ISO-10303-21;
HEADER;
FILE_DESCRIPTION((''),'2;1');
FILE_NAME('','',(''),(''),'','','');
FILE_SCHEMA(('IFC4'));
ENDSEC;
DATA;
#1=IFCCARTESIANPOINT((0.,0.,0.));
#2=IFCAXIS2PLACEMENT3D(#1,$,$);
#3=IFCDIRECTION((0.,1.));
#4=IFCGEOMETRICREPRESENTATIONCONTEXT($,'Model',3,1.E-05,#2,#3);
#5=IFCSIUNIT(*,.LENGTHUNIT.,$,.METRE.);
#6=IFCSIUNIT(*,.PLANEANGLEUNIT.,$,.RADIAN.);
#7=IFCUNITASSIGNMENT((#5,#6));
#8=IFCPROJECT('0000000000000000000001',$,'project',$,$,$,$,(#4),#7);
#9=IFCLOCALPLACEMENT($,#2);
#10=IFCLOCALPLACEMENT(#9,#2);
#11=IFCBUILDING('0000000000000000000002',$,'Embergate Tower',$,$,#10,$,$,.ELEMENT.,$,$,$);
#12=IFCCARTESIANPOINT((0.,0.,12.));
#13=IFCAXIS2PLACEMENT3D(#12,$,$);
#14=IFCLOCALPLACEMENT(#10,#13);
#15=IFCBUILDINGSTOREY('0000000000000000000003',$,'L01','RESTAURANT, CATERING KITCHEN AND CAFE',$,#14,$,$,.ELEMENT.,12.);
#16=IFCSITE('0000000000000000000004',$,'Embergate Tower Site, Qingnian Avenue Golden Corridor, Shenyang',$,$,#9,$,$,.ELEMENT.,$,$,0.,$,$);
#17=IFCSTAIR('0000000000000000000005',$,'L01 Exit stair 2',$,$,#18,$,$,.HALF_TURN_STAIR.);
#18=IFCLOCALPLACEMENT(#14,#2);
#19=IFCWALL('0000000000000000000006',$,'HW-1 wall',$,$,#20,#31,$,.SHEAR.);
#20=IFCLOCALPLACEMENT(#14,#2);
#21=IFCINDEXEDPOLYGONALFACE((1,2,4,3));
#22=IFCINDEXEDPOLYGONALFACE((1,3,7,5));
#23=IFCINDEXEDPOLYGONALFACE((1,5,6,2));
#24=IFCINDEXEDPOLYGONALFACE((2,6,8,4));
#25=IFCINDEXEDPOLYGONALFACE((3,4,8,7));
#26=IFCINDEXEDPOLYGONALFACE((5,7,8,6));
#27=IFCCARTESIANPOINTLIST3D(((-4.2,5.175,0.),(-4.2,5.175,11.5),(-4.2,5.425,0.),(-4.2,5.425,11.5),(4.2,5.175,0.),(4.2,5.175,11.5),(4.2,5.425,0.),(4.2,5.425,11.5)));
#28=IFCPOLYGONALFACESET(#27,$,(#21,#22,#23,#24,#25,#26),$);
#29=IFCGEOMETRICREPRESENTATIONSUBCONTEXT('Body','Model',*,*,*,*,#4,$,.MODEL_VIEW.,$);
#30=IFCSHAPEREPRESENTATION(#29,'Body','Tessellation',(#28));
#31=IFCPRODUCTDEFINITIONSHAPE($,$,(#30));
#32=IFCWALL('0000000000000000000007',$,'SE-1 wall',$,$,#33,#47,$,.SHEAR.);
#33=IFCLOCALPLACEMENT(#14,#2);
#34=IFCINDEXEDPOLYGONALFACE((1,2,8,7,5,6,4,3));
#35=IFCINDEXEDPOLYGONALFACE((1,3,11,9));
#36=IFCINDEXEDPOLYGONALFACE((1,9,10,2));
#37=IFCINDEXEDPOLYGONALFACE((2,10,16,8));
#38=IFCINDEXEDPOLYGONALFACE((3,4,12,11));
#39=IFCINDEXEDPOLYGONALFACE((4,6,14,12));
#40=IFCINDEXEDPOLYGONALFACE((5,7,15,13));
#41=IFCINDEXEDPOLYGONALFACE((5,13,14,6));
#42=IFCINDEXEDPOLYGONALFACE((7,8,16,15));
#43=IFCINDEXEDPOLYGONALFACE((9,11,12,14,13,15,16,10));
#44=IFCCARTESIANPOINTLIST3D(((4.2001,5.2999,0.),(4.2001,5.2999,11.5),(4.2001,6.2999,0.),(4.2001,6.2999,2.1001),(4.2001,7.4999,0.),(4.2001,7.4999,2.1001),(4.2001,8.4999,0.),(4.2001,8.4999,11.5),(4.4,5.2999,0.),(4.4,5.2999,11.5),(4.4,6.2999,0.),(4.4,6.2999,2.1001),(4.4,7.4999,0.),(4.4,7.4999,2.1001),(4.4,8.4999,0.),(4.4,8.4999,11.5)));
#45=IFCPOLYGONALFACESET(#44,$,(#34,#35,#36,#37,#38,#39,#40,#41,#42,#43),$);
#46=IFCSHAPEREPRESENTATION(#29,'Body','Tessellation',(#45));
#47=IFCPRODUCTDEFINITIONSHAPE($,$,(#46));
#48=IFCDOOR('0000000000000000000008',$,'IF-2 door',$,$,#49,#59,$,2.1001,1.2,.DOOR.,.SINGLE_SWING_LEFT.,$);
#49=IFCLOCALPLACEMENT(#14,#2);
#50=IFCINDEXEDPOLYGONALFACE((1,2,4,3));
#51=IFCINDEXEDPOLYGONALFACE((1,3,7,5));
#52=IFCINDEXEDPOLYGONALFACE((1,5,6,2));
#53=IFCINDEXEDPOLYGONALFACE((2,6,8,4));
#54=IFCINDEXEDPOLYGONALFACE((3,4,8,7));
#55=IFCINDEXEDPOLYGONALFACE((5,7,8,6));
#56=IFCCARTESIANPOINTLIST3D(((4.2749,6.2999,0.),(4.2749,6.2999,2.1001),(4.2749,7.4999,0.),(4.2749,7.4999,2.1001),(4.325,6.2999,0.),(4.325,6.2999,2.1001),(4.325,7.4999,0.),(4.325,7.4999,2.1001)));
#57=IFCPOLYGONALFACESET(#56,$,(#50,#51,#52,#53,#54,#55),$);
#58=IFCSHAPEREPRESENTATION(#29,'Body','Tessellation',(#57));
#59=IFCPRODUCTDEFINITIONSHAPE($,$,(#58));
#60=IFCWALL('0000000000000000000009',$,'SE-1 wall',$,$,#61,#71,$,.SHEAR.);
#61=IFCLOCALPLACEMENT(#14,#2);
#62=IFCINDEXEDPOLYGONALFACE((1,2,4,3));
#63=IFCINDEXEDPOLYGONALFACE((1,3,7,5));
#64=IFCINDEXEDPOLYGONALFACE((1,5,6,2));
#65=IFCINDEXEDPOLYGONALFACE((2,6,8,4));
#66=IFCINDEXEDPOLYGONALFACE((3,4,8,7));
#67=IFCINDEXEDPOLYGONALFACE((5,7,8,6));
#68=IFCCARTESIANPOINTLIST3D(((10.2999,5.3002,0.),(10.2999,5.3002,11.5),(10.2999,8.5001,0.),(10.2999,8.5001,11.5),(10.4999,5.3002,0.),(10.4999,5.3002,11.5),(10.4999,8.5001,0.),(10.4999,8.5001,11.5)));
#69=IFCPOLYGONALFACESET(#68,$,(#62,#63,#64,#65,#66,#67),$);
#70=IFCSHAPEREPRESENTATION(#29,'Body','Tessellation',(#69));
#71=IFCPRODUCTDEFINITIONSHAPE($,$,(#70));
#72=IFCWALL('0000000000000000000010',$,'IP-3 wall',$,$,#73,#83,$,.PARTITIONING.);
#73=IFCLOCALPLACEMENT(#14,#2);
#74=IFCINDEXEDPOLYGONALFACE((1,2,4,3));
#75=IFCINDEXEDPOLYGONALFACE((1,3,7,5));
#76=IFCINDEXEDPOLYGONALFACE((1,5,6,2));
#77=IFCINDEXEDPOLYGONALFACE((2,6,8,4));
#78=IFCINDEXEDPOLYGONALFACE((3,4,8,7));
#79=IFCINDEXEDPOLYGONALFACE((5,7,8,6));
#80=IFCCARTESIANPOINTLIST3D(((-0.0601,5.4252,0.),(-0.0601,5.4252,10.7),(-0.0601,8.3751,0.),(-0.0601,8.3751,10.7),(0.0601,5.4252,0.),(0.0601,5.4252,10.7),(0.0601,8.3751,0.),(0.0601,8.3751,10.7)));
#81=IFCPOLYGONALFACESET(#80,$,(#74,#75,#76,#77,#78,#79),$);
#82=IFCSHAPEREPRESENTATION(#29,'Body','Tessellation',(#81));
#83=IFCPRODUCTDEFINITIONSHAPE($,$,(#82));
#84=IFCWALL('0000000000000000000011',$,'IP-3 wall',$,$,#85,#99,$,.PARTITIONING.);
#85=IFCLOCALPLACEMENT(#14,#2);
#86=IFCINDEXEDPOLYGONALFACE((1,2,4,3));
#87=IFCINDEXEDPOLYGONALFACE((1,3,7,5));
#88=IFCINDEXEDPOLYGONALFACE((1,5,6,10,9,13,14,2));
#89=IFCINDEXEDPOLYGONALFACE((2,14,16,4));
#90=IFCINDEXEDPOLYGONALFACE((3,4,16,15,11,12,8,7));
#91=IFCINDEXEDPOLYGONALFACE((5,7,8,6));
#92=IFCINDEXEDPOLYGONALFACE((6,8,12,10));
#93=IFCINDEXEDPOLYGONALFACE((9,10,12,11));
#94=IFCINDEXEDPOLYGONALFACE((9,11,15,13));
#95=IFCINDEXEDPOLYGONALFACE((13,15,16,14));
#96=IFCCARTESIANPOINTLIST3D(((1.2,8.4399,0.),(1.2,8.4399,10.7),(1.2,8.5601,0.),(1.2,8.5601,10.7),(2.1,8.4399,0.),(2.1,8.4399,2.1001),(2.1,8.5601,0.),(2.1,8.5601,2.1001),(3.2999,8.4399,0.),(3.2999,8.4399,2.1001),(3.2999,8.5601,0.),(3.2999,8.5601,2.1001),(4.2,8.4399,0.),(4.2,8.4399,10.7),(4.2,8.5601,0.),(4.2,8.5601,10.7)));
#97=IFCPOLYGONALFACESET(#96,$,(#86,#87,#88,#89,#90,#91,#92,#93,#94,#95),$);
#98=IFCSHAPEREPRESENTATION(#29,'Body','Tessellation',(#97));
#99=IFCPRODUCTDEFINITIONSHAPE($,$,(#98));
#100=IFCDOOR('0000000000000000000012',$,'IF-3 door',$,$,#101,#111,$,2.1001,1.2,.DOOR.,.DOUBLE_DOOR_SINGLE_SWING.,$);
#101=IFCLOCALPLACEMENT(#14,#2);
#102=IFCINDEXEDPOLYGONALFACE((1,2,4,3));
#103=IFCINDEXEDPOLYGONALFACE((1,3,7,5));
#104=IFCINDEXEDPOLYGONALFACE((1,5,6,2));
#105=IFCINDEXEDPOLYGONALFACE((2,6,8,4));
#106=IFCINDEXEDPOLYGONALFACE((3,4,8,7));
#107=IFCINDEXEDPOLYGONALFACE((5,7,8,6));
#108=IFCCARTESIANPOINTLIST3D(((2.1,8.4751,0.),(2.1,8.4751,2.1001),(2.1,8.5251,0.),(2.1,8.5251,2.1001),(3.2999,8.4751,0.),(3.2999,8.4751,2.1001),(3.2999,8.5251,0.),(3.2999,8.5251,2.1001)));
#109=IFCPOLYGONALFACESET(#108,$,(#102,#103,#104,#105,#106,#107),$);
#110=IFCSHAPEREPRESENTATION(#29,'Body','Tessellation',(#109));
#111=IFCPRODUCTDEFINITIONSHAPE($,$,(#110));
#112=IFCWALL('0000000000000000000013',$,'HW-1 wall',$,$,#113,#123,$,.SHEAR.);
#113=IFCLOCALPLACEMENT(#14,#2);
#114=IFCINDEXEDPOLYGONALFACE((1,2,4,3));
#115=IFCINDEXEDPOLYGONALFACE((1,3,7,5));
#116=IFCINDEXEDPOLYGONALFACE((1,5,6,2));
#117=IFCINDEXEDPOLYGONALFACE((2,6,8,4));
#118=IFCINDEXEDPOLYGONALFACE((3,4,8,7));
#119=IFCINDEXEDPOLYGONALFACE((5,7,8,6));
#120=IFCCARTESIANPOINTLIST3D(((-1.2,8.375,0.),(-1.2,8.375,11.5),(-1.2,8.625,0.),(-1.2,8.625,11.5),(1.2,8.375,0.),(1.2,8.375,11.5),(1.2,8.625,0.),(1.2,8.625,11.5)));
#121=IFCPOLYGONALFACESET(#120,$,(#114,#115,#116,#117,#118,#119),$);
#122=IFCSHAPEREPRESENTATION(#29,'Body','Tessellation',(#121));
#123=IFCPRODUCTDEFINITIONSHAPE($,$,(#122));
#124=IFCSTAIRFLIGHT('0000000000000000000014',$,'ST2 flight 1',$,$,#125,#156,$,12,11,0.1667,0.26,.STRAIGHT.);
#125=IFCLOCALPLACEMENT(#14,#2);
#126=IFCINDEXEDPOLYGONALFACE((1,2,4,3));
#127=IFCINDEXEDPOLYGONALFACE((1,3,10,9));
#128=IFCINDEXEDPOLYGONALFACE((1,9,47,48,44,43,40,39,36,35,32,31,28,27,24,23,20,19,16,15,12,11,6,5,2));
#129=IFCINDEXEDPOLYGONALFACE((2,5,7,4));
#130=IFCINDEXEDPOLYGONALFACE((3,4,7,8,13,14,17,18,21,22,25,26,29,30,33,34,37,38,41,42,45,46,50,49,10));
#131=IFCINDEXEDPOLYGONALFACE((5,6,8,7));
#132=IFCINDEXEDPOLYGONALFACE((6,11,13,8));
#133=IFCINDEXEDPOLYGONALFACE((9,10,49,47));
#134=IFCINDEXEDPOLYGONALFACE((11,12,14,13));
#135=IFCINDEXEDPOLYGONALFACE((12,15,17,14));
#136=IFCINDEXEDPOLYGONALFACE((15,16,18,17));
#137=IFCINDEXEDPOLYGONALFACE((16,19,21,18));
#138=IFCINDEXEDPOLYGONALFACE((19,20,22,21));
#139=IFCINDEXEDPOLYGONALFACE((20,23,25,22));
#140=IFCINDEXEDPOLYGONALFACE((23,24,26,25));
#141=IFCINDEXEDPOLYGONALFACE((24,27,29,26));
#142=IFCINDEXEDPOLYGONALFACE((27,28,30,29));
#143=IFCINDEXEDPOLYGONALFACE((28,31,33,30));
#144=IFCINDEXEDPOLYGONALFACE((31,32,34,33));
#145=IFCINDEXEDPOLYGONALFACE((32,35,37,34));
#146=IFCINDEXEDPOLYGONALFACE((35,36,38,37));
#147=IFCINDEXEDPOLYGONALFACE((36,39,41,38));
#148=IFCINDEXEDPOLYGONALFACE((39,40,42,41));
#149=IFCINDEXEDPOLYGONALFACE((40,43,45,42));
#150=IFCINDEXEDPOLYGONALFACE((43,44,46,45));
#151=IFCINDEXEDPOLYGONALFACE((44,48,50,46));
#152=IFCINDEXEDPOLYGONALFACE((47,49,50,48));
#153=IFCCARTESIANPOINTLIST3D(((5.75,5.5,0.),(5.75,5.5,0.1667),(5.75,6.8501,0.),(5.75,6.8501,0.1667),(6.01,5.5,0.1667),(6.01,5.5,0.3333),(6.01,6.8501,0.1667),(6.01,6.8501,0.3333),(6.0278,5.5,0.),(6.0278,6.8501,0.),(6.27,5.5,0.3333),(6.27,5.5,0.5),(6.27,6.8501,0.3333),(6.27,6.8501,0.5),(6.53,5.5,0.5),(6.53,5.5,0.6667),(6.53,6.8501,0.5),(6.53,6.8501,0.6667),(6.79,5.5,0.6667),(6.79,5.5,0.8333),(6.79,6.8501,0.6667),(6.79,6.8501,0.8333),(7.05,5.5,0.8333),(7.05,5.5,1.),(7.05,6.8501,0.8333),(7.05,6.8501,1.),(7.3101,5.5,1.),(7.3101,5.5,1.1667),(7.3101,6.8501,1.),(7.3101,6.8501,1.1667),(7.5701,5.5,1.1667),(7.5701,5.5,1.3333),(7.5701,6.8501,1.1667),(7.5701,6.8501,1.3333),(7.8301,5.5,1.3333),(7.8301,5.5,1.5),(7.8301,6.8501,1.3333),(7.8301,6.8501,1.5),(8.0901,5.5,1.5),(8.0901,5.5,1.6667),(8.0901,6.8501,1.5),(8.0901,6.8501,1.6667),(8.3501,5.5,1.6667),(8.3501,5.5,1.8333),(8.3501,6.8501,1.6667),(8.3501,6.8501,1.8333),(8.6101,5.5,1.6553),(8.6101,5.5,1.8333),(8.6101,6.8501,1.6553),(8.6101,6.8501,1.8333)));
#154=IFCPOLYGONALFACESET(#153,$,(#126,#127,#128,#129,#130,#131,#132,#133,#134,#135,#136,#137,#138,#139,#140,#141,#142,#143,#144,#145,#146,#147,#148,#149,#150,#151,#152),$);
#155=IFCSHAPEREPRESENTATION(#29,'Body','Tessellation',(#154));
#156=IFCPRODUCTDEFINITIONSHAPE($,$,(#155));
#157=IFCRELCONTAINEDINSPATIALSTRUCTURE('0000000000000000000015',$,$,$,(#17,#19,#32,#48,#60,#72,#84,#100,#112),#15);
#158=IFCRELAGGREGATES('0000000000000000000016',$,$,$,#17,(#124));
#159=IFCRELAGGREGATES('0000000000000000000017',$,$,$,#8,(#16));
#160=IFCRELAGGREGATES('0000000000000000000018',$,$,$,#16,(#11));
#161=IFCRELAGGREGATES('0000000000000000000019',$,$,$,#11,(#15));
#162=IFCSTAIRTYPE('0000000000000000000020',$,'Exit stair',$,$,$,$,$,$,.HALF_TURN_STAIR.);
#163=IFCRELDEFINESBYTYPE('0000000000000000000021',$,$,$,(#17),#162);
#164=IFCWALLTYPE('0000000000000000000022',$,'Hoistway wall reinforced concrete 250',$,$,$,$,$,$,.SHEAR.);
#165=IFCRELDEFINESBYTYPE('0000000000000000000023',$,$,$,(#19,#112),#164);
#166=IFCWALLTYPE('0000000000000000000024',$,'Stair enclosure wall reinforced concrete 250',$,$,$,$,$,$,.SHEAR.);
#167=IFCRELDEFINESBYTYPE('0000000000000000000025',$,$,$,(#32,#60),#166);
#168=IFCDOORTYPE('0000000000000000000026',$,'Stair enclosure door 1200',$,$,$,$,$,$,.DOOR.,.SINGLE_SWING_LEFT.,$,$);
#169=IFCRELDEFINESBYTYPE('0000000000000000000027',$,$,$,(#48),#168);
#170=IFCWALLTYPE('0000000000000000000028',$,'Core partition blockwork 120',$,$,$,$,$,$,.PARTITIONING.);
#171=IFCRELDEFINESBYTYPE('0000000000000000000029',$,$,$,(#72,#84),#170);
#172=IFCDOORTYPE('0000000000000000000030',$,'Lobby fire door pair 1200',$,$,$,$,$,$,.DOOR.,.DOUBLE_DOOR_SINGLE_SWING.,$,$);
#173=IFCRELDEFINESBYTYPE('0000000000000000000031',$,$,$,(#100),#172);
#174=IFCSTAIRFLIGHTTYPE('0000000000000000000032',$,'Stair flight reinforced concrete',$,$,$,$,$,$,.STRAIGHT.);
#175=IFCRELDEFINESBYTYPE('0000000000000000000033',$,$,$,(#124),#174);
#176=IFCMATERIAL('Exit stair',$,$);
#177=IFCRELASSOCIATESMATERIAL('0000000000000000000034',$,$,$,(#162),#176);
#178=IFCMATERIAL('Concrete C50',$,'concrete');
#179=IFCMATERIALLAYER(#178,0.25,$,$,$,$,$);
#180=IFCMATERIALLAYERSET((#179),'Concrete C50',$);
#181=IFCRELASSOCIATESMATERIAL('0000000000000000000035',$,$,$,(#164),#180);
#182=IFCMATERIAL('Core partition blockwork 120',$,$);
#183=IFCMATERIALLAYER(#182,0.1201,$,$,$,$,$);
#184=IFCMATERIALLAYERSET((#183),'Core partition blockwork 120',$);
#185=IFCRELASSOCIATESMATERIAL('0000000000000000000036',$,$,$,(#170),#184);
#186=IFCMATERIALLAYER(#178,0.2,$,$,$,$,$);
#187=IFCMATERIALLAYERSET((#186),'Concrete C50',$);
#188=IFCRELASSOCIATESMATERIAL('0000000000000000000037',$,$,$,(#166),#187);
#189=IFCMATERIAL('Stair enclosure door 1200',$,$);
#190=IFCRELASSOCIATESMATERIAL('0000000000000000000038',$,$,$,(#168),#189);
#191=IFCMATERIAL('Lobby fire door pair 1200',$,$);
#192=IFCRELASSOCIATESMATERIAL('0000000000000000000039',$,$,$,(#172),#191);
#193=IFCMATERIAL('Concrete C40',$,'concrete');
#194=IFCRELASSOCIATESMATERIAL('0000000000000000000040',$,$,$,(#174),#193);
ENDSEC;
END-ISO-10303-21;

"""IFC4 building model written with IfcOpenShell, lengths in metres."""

from ifc_helpers import new_model, si_unit, direction, frame, frame_2d, origin, place, context, subcontext, project, spatial, polyline, rectangle, outline, extrude, source, transform, mapped, material, layer, layer_set, type_object, element, fill, aggregate, save


model = new_model("IFC4")

# Units and contexts
model_context = context("Model", 3, precision=1e-05, world=origin(), true_north=direction((0.0, 1.0)))
body_context = subcontext(model_context, "Body", "Model", "MODEL_VIEW")
ifc_project = project(units=[si_unit("LENGTHUNIT", "METRE"), si_unit("PLANEANGLEUNIT", "RADIAN")], contexts=[model_context])

# Site, building, storey
site_placement = place(None, origin())
site = spatial("IfcSite", under=ifc_project, at=site_placement, Name="Embergate Tower Site, Qingnian Avenue Golden Corridor, Shenyang", CompositionType="ELEMENT", RefElevation=0.0)
building_placement = place(site_placement, origin())
building = spatial("IfcBuilding", under=site, at=building_placement, Name="Embergate Tower", CompositionType="ELEMENT")
storey_placement = place(building_placement, frame((0.0, 0.0, 12.0)))
storey = spatial("IfcBuildingStorey", under=building, at=storey_placement, Name="L01", Description="RESTAURANT, CATERING KITCHEN AND CAFE", CompositionType="ELEMENT", Elevation=12.0)

# Stair
ifc_material_1 = material(Name="Exit stair")
stair_type = type_object("IfcStairType", Name="Exit stair", PredefinedType="HALF_TURN_STAIR", material=ifc_material_1)
stair_placement = place(storey_placement, origin())
stair = element("IfcStair", 1, at=stair_placement, inside=storey, type_object=stair_type, Name="L01 Exit stair 2", PredefinedType="HALF_TURN_STAIR")
ifc_material_2 = material(Name="Concrete C40", Category="concrete")

# Shared definitions
ifc_material_3 = material(Name="Concrete C50", Category="concrete")
ifc_layer_1 = layer(ifc_material_3, 0.25)
ifc_layer_set_1 = layer_set([ifc_layer_1], Name="Concrete C50")
wall_type_1 = type_object("IfcWallType", Name="Hoistway wall reinforced concrete 250", PredefinedType="SHEAR", material=ifc_layer_set_1)

# Shared definitions
ifc_material_4 = material(Name="Core partition blockwork 120")
ifc_layer_2 = layer(ifc_material_4, 0.1201)
ifc_layer_set_2 = layer_set([ifc_layer_2], Name="Core partition blockwork 120")
wall_type_2 = type_object("IfcWallType", Name="Core partition blockwork 120", PredefinedType="PARTITIONING", material=ifc_layer_set_2)

# Wall
ifc_layer_3 = layer(ifc_material_3, 0.2)
ifc_layer_set_3 = layer_set([ifc_layer_3], Name="Concrete C50")
wall_type_3 = type_object("IfcWallType", Name="Stair enclosure wall reinforced concrete 250", PredefinedType="SHEAR", material=ifc_layer_set_3)
shared_shape_1 = source(origin(), body_context, "Body", "SweptSolid", [
    extrude(rectangle(XDim=8.3999, YDim=0.25, at=frame_2d((4.2, 0.0))), origin(), (0.0, 0.0, 1.0), 11.5),
])
wall_1_placement = place(storey_placement, frame((4.2, 5.3, 0.0), z_axis=(0.0, 0.0, 1.0), x_axis=(-1.0, 0.0, 0.0)))
element("IfcWall", 2, at=wall_1_placement, inside=storey, type_object=wall_type_1, Name="HW-1 wall", PredefinedType="SHEAR", context=body_context, shape_type="MappedRepresentation", body=[
    mapped(shared_shape_1, transform((0.0, 0.0, 0.0))),
])

# Wall, opening, door
shared_shape_2 = source(origin(), body_context, "Body", "SweptSolid", [
    extrude(rectangle(XDim=3.2, YDim=0.2, at=frame_2d((1.6001, 0.0))), origin(), (0.0, 0.0, 1.0), 11.5),
])
wall_2_placement = place(storey_placement, frame((4.3, 8.5, 0.0), z_axis=(0.0, 0.0, 1.0), x_axis=(0.0, -1.0, 0.0)))
wall_2 = element("IfcWall", 3, at=wall_2_placement, inside=storey, type_object=wall_type_3, Name="SE-1 wall", PredefinedType="SHEAR", context=body_context, shape_type="MappedRepresentation", body=[
    mapped(shared_shape_2, transform((0.0, 0.0, 0.0))),
])
shared_shape_3 = source(origin(), body_context, "Body", "SweptSolid", [
    extrude(rectangle(XDim=1.2, YDim=2.1001, at=frame_2d((0.6001, 1.05))), frame((0.0, 0.1099, 0.0), z_axis=(0.0, -1.0, 0.0), x_axis=(1.0, 0.0, 0.0)), (0.0, 0.0, 1.0), 0.22),
])
opening_1_placement = place(wall_2_placement, frame((1.0, 0.0, 0.0)))
opening_1 = element("IfcOpeningElement", 4, at=opening_1_placement, cuts=wall_2, PredefinedType="OPENING", context=body_context, shape_type="MappedRepresentation", body=[
    mapped(shared_shape_3, transform((0.0, 0.0, 0.0))),
])
ifc_material_5 = material(Name="Stair enclosure door 1200")
door_type_1 = type_object("IfcDoorType", Name="Stair enclosure door 1200", OperationType="SINGLE_SWING_LEFT", PredefinedType="DOOR", material=ifc_material_5)
shared_shape_4 = source(origin(), body_context, "Body", "SweptSolid", [
    extrude(rectangle(XDim=1.2, YDim=2.1001, at=frame_2d((0.6001, 1.05))), frame((0.0, 0.0249, 0.0), z_axis=(0.0, -1.0, 0.0), x_axis=(1.0, 0.0, 0.0)), (0.0, 0.0, 1.0), 0.05),
])
door_1_placement = place(opening_1_placement, origin())
door_1 = element("IfcDoor", 5, at=door_1_placement, inside=storey, type_object=door_type_1, Name="IF-2 door", OperationType="SINGLE_SWING_LEFT", OverallHeight=2.1001, OverallWidth=1.2, PredefinedType="DOOR", context=body_context, shape_type="MappedRepresentation", body=[
    mapped(shared_shape_4, transform((0.0, 0.0, 0.0))),
])
fill(opening_1, door_1)

# Walls
wall_3_placement = place(storey_placement, frame((10.3999, 5.3, 0.0), z_axis=(0.0, 0.0, 1.0), x_axis=(0.0, 1.0, 0.0)))
element("IfcWall", 6, at=wall_3_placement, inside=storey, type_object=wall_type_3, Name="SE-1 wall", PredefinedType="SHEAR", context=body_context, shape_type="MappedRepresentation", body=[
    mapped(shared_shape_2, transform((0.0, 0.0, 0.0))),
])
shared_shape_5 = source(origin(), body_context, "Body", "SweptSolid", [
    extrude(rectangle(XDim=2.95, YDim=0.1201, at=frame_2d((1.4751, 0.0))), origin(), (0.0, 0.0, 1.0), 10.7),
])
wall_4_placement = place(storey_placement, frame((0.0, 5.425, 0.0), z_axis=(0.0, 0.0, 1.0), x_axis=(0.0, 1.0, 0.0)))
element("IfcWall", 7, at=wall_4_placement, inside=storey, type_object=wall_type_2, Name="IP-3 wall", PredefinedType="PARTITIONING", context=body_context, shape_type="MappedRepresentation", body=[
    mapped(shared_shape_5, transform((0.0, 0.0, 0.0))),
])

# Wall, opening, door
shared_shape_6 = source(origin(), body_context, "Body", "SweptSolid", [
    extrude(rectangle(XDim=3.0, YDim=0.1201, at=frame_2d((1.5, 0.0))), origin(), (0.0, 0.0, 1.0), 10.7),
])
wall_5_placement = place(storey_placement, frame((4.2, 8.5, 0.0), z_axis=(0.0, 0.0, 1.0), x_axis=(-1.0, 0.0, 0.0)))
wall_5 = element("IfcWall", 8, at=wall_5_placement, inside=storey, type_object=wall_type_2, Name="IP-3 wall", PredefinedType="PARTITIONING", context=body_context, shape_type="MappedRepresentation", body=[
    mapped(shared_shape_6, transform((0.0, 0.0, 0.0))),
])
shared_shape_7 = source(origin(), body_context, "Body", "SweptSolid", [
    extrude(rectangle(XDim=1.2, YDim=2.1001, at=frame_2d((0.6001, 1.05))), frame((0.0, 0.0701, 0.0), z_axis=(0.0, -1.0, 0.0), x_axis=(1.0, 0.0, 0.0)), (0.0, 0.0, 1.0), 0.1401),
])
opening_2_placement = place(wall_5_placement, frame((0.8999, 0.0, 0.0)))
opening_2 = element("IfcOpeningElement", 9, at=opening_2_placement, cuts=wall_5, PredefinedType="OPENING", context=body_context, shape_type="MappedRepresentation", body=[
    mapped(shared_shape_7, transform((0.0, 0.0, 0.0))),
])
ifc_material_6 = material(Name="Lobby fire door pair 1200")
door_type_2 = type_object("IfcDoorType", Name="Lobby fire door pair 1200", OperationType="DOUBLE_DOOR_SINGLE_SWING", PredefinedType="DOOR", material=ifc_material_6)
door_2_placement = place(opening_2_placement, origin())
door_2 = element("IfcDoor", 10, at=door_2_placement, inside=storey, type_object=door_type_2, Name="IF-3 door", OperationType="DOUBLE_DOOR_SINGLE_SWING", OverallHeight=2.1001, OverallWidth=1.2, PredefinedType="DOOR", context=body_context, shape_type="MappedRepresentation", body=[
    mapped(shared_shape_4, transform((0.0, 0.0, 0.0))),
])
fill(opening_2, door_2)

# Wall
shared_shape_8 = source(origin(), body_context, "Body", "SweptSolid", [
    extrude(rectangle(XDim=2.3999, YDim=0.25, at=frame_2d((1.2, 0.0))), origin(), (0.0, 0.0, 1.0), 11.5),
])
wall_6_placement = place(storey_placement, frame((1.2, 8.5, 0.0), z_axis=(0.0, 0.0, 1.0), x_axis=(-1.0, 0.0, 0.0)))
element("IfcWall", 11, at=wall_6_placement, inside=storey, type_object=wall_type_1, Name="HW-1 wall", PredefinedType="SHEAR", context=body_context, shape_type="MappedRepresentation", body=[
    mapped(shared_shape_8, transform((0.0, 0.0, 0.0))),
])

# Stair flight
stair_flight_type = type_object("IfcStairFlightType", Name="Stair flight reinforced concrete", PredefinedType="STRAIGHT", material=ifc_material_2)
shared_shape_9 = source(origin(), body_context, "Body", "SweptSolid", [
    extrude(outline(polyline([(0.0, 0.0), (0.0, 0.1667), (0.26, 0.1667), (0.26, 0.3333), (0.52, 0.3333), (0.52, 0.5), (0.78, 0.5), (0.78, 0.6667), (1.04, 0.6667), (1.04, 0.8333), (1.3, 0.8333), (1.3, 1.0), (1.5601, 1.0), (1.5601, 1.1667), (1.8201, 1.1667), (1.8201, 1.3333), (2.0801, 1.3333), (2.0801, 1.5), (2.3401, 1.5), (2.3401, 1.6667), (2.6001, 1.6667), (2.6001, 1.8333), (2.8601, 1.8333), (2.8601, 2.0), (2.8601, 1.6553), (0.2778, 0.0), (0.0, 0.0)])), frame((0.0, 0.675, 0.0), z_axis=(0.0, -1.0, 0.0), x_axis=(1.0, 0.0, 0.0)), (0.0, 0.0, 1.0), 1.3501),
])
stair_flight_1_placement = place(storey_placement, frame((5.75, 6.175, 0.0), z_axis=(0.0, 0.0, 1.0), x_axis=(1.0, 0.0, 0.0)))
stair_flight_1 = element("IfcStairFlight", 12, at=stair_flight_1_placement, type_object=stair_flight_type, Name="ST2 flight 1", NumberOfRisers=12, NumberOfTreads=11, PredefinedType="STRAIGHT", RiserHeight=0.1667, TreadLength=0.26, context=body_context, shape_type="MappedRepresentation", body=[
    mapped(shared_shape_9, transform((0.0, 0.0, 0.0))),
])
aggregate(stair, [stair_flight_1])

save(model, "model.ifc")
